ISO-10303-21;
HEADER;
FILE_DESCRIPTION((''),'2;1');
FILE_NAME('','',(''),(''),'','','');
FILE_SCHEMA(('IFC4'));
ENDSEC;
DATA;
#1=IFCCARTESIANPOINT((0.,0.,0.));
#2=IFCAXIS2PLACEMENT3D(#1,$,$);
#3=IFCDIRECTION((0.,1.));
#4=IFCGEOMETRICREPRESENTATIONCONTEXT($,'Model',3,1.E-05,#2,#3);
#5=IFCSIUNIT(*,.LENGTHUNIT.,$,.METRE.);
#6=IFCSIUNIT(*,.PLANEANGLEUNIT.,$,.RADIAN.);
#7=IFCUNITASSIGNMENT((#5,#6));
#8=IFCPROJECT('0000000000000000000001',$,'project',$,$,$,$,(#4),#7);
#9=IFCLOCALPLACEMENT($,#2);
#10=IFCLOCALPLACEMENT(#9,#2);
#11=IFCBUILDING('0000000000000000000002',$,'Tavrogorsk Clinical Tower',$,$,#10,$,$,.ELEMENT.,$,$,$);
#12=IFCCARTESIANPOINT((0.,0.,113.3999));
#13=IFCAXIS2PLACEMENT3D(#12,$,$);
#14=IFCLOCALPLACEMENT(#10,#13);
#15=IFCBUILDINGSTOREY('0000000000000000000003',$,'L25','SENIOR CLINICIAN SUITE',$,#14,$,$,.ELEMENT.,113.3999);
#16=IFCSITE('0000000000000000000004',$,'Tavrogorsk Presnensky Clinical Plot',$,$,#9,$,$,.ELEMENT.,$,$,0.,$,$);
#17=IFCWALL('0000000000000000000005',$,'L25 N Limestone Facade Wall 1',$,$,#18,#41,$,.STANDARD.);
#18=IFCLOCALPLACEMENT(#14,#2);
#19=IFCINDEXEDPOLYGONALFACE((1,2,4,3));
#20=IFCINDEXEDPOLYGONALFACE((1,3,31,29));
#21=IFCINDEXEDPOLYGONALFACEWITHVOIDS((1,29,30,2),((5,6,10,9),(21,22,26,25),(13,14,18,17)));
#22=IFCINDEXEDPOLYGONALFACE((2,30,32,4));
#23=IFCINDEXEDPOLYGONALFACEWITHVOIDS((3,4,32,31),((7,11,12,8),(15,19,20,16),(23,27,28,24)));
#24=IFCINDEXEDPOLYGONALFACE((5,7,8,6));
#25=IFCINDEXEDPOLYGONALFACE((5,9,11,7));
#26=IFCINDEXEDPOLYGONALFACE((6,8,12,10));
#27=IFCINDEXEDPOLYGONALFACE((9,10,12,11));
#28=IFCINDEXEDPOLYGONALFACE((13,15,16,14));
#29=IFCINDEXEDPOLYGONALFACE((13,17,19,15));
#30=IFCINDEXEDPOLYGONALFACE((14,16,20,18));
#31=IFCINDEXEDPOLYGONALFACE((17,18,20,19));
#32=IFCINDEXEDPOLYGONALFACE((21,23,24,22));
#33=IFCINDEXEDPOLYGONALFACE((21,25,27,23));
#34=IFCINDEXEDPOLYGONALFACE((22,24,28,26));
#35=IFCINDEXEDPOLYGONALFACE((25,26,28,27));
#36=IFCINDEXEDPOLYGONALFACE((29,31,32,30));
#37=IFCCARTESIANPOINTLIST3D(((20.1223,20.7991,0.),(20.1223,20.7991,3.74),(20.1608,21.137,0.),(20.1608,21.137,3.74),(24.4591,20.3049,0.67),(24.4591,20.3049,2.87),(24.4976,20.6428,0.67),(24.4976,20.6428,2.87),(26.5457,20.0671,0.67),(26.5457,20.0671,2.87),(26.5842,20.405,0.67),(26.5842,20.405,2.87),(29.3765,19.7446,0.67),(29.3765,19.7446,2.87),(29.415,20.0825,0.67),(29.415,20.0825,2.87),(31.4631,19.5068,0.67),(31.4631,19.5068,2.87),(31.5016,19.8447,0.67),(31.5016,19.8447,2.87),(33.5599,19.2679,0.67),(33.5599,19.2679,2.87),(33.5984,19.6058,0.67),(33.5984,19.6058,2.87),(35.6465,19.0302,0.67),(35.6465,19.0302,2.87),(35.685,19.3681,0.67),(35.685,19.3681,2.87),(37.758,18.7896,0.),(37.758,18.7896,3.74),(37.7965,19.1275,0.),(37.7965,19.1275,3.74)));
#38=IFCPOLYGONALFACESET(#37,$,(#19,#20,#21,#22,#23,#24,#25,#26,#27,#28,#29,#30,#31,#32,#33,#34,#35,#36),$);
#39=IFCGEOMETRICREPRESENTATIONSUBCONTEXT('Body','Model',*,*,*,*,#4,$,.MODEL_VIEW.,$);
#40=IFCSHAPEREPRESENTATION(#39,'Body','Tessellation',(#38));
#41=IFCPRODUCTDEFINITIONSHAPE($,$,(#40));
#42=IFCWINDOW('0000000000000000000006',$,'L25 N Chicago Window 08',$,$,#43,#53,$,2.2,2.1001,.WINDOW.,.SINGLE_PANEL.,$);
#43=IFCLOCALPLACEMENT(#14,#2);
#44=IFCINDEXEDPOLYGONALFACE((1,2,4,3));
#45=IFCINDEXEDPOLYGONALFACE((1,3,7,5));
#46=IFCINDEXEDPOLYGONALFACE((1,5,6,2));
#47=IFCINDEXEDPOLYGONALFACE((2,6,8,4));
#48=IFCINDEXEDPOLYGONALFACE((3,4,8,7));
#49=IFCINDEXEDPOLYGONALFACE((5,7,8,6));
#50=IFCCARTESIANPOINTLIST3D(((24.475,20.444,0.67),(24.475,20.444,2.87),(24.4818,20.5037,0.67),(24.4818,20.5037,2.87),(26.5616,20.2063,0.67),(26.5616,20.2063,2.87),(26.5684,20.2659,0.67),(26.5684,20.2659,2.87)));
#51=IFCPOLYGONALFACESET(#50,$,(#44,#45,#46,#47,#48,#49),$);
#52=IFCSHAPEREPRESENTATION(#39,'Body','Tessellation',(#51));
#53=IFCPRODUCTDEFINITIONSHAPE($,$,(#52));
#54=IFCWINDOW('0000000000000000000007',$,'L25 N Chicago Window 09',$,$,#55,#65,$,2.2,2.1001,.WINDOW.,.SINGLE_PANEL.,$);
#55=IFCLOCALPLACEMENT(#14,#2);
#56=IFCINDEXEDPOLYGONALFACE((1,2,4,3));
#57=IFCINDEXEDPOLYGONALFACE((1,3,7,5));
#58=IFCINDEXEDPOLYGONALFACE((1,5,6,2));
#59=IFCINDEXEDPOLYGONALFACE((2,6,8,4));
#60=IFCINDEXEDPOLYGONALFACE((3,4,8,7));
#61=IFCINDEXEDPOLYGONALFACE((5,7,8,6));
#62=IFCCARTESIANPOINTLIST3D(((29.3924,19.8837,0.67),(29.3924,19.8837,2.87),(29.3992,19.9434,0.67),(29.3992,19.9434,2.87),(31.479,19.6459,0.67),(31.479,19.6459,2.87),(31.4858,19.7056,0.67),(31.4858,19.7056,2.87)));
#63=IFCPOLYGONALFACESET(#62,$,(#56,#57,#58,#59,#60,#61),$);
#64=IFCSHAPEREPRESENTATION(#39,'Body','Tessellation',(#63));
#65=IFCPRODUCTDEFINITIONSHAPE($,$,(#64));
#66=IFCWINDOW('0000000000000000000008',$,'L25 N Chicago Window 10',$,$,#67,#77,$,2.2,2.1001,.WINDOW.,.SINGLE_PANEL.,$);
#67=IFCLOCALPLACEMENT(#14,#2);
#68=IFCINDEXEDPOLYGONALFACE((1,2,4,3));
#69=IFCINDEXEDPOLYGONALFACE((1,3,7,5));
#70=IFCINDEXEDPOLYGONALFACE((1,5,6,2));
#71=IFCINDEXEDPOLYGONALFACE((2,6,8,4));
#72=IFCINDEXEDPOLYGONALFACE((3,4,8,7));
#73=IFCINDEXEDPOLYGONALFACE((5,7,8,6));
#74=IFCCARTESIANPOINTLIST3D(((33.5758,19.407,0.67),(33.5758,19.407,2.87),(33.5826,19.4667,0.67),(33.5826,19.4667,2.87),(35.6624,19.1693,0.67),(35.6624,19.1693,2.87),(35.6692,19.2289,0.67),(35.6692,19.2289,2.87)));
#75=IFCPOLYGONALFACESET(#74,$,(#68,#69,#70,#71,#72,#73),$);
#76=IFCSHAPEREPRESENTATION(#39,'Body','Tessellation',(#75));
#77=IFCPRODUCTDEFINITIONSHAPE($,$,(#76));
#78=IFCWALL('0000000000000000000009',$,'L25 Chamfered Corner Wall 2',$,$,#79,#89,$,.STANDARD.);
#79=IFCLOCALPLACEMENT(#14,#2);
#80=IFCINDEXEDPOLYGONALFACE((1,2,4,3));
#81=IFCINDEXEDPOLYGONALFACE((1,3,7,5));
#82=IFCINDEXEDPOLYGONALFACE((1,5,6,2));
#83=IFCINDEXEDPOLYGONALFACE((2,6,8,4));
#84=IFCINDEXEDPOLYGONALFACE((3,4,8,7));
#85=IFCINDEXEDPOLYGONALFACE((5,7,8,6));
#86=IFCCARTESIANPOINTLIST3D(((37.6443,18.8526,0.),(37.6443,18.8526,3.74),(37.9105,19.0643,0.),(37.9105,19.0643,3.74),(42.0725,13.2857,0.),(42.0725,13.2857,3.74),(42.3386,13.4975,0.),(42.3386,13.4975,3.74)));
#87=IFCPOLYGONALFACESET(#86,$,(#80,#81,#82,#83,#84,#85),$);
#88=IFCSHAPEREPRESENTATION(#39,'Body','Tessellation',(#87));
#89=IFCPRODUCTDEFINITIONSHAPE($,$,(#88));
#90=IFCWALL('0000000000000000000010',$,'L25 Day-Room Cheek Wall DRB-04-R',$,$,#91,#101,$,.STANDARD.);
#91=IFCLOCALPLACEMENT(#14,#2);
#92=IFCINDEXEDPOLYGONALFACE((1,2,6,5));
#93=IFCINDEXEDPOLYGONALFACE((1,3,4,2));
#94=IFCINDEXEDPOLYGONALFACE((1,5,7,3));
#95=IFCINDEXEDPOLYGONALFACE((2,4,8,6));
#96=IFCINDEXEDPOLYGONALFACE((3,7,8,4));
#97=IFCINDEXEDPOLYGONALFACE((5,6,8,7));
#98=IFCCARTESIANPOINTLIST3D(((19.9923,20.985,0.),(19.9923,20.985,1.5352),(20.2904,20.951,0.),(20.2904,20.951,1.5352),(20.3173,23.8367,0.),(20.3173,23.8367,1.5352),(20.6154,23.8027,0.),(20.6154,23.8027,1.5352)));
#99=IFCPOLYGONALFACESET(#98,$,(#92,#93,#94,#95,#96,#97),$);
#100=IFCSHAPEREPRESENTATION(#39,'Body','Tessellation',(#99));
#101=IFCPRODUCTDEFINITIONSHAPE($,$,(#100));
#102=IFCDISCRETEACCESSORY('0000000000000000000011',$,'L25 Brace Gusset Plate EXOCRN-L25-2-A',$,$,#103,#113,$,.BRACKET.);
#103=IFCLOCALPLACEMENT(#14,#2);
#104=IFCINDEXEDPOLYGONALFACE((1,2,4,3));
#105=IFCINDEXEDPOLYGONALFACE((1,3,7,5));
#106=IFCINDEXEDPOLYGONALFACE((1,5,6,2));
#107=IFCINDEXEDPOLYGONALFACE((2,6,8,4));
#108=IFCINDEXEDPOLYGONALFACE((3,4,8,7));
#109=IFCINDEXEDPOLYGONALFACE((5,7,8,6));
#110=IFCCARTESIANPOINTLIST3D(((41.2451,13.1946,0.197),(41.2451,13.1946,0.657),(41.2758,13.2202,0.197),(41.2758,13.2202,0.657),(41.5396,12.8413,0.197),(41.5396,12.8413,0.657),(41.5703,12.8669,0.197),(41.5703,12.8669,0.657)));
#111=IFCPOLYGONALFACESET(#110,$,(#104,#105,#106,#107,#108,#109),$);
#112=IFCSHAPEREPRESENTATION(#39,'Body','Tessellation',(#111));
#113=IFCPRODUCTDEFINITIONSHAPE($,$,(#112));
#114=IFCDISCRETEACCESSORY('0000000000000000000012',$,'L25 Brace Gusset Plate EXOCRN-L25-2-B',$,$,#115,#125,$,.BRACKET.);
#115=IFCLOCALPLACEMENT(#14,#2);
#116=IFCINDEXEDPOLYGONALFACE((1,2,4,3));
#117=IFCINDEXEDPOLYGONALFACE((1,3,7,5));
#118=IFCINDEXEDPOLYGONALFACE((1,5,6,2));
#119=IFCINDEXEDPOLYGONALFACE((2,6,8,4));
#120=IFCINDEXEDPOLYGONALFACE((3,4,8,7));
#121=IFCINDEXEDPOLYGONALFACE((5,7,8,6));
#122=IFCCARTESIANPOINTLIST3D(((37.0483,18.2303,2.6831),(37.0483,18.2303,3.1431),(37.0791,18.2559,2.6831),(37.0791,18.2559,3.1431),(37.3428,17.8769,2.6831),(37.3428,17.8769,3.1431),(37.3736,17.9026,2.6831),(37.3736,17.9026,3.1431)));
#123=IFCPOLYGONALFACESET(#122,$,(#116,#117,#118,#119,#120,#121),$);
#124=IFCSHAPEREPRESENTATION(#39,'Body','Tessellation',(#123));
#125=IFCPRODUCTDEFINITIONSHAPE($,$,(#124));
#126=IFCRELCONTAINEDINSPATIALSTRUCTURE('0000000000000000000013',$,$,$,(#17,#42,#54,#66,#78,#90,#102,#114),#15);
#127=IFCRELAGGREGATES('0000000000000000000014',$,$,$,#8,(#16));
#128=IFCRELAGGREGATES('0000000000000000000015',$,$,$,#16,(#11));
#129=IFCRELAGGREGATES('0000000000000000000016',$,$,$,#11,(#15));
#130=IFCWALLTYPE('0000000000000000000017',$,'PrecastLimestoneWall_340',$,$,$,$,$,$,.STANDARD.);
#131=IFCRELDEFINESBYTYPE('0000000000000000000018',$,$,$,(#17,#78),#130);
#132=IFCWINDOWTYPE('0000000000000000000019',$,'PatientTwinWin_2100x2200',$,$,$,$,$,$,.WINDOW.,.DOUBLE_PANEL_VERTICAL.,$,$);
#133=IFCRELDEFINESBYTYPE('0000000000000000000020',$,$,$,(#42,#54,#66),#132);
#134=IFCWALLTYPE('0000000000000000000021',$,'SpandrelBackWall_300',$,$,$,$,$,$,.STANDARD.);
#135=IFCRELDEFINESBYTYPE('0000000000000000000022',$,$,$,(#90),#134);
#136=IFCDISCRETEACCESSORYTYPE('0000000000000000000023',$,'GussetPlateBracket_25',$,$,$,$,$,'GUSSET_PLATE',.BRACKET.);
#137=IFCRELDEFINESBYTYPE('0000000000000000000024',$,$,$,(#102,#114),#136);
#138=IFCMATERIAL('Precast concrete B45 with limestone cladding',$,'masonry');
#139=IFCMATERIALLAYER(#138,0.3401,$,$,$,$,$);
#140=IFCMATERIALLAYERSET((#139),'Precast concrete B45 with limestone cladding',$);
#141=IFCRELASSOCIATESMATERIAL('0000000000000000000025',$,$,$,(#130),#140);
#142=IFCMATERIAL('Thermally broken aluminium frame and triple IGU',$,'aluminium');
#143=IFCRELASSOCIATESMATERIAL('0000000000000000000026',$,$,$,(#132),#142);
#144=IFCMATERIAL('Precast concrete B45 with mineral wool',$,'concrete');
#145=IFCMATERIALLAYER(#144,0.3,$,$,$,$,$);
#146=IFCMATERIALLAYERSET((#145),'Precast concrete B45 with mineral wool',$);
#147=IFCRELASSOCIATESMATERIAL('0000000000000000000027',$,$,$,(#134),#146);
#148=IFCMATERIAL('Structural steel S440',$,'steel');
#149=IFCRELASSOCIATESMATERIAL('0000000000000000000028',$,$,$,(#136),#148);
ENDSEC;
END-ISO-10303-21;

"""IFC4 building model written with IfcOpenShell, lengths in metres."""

from ifc_helpers import new_model, si_unit, direction, frame, frame_2d, origin, origin_2d, place, context, subcontext, project, spatial, rectangle, extrude, material, layer, layer_set, type_object, element, fill, save


model = new_model("IFC4")

# Units and contexts
model_context = context("Model", 3, precision=1e-05, world=origin(), true_north=direction((0.0, 1.0)))
body_context = subcontext(model_context, "Body", "Model", "MODEL_VIEW")
ifc_project = project(units=[si_unit("LENGTHUNIT", "METRE"), si_unit("PLANEANGLEUNIT", "RADIAN")], contexts=[model_context])

# Site, building, storey
site_placement = place(None, origin())
site = spatial("IfcSite", under=ifc_project, at=site_placement, Name="Tavrogorsk Presnensky Clinical Plot", CompositionType="ELEMENT", RefElevation=0.0)
building_placement = place(site_placement, origin())
building = spatial("IfcBuilding", under=site, at=building_placement, Name="Tavrogorsk Clinical Tower", CompositionType="ELEMENT")
storey_placement = place(building_placement, frame((0.0, 0.0, 113.3999)))
storey = spatial("IfcBuildingStorey", under=building, at=storey_placement, Name="L25", Description="SENIOR CLINICIAN SUITE", CompositionType="ELEMENT", Elevation=113.3999)

# Wall, openings, windows
ifc_material_1 = material(Name="Precast concrete B45 with limestone cladding", Category="masonry")
ifc_layer_1 = layer(ifc_material_1, 0.3401)
ifc_layer_set_1 = layer_set([ifc_layer_1], Name="Precast concrete B45 with limestone cladding")
wall_type_1 = type_object("IfcWallType", Name="PrecastLimestoneWall_340", PredefinedType="STANDARD", material=ifc_layer_set_1)
wall_1_placement = place(storey_placement, frame((37.7773, 18.9585, 0.0), z_axis=(0.0, 0.0, 1.0), x_axis=(-0.993571, 0.113213, 0.0)))
wall_1 = element("IfcWall", 1, at=wall_1_placement, inside=storey, type_object=wall_type_1, Name="L25 N Limestone Facade Wall 1", PredefinedType="STANDARD", context=body_context, shape_type="SweptSolid", body=[
    extrude(rectangle(XDim=17.7498, YDim=0.3401, at=frame_2d((8.875, 0.0))), origin(), (0.0, 0.0, 1.0), 3.74),
])
opening_1_placement = place(wall_1_placement, frame((11.2849, 0.0, 0.6699)))
opening_1 = element("IfcOpeningElement", 2, at=opening_1_placement, cuts=wall_1, PredefinedType="OPENING", context=body_context, shape_type="SweptSolid", body=[
    extrude(rectangle(XDim=2.1001, YDim=2.2, at=frame_2d((1.05, 1.1001))), frame((0.0, 0.1799, 0.0), z_axis=(0.0, -1.0, 0.0), x_axis=(1.0, 0.0, 0.0)), (0.0, 0.0, 1.0), 0.3601),
])
opening_2_placement = place(wall_1_placement, frame((6.3357, 0.0, 0.6699)))
opening_2 = element("IfcOpeningElement", 3, at=opening_2_placement, cuts=wall_1, PredefinedType="OPENING", context=body_context, shape_type="SweptSolid", body=[
    extrude(rectangle(XDim=2.1001, YDim=2.2, at=frame_2d((1.05, 1.1001))), frame((0.0, 0.1799, 0.0), z_axis=(0.0, -1.0, 0.0), x_axis=(1.0, 0.0, 0.0)), (0.0, 0.0, 1.0), 0.3601),
])
opening_3_placement = place(wall_1_placement, frame((2.1252, 0.0, 0.6699)))
opening_3 = element("IfcOpeningElement", 4, at=opening_3_placement, cuts=wall_1, PredefinedType="OPENING", context=body_context, shape_type="SweptSolid", body=[
    extrude(rectangle(XDim=2.1001, YDim=2.2, at=frame_2d((1.05, 1.1001))), frame((0.0, 0.1799, 0.0), z_axis=(0.0, -1.0, 0.0), x_axis=(1.0, 0.0, 0.0)), (0.0, 0.0, 1.0), 0.3601),
])
ifc_material_2 = material(Name="Thermally broken aluminium frame and triple IGU", Category="aluminium")
window_type = type_object("IfcWindowType", Name="PatientTwinWin_2100x2200", PartitioningType="DOUBLE_PANEL_VERTICAL", PredefinedType="WINDOW", material=ifc_material_2)
window_1_placement = place(opening_1_placement, origin())
window_1 = element("IfcWindow", 5, at=window_1_placement, inside=storey, type_object=window_type, Name="L25 N Chicago Window 08", OverallHeight=2.2, OverallWidth=2.1001, PartitioningType="SINGLE_PANEL", PredefinedType="WINDOW", context=body_context, shape_type="SweptSolid", body=[
    extrude(rectangle(XDim=2.1001, YDim=2.2, at=frame_2d((1.05, 1.1001))), frame((0.0, 0.03, 0.0), z_axis=(0.0, -1.0, 0.0), x_axis=(1.0, 0.0, 0.0)), (0.0, 0.0, 1.0), 0.0601),
])
fill(opening_1, window_1)
window_2_placement = place(opening_2_placement, origin())
window_2 = element("IfcWindow", 6, at=window_2_placement, inside=storey, type_object=window_type, Name="L25 N Chicago Window 09", OverallHeight=2.2, OverallWidth=2.1001, PartitioningType="SINGLE_PANEL", PredefinedType="WINDOW", context=body_context, shape_type="SweptSolid", body=[
    extrude(rectangle(XDim=2.1001, YDim=2.2, at=frame_2d((1.05, 1.1001))), frame((0.0, 0.03, 0.0), z_axis=(0.0, -1.0, 0.0), x_axis=(1.0, 0.0, 0.0)), (0.0, 0.0, 1.0), 0.0601),
])
fill(opening_2, window_2)
window_3_placement = place(opening_3_placement, origin())
window_3 = element("IfcWindow", 7, at=window_3_placement, inside=storey, type_object=window_type, Name="L25 N Chicago Window 10", OverallHeight=2.2, OverallWidth=2.1001, PartitioningType="SINGLE_PANEL", PredefinedType="WINDOW", context=body_context, shape_type="SweptSolid", body=[
    extrude(rectangle(XDim=2.1001, YDim=2.2, at=frame_2d((1.05, 1.1001))), frame((0.0, 0.03, 0.0), z_axis=(0.0, -1.0, 0.0), x_axis=(1.0, 0.0, 0.0)), (0.0, 0.0, 1.0), 0.0601),
])
fill(opening_3, window_3)

# Walls
wall_2_placement = place(storey_placement, frame((42.2056, 13.3916, 0.0), z_axis=(0.0, 0.0, 1.0), x_axis=(-0.622525, 0.7826, 0.0)))
element("IfcWall", 8, at=wall_2_placement, inside=storey, type_object=wall_type_1, Name="L25 Chamfered Corner Wall 2", PredefinedType="STANDARD", context=body_context, shape_type="SweptSolid", body=[
    extrude(rectangle(XDim=7.1133, YDim=0.3401, at=frame_2d((3.5566, 0.0))), origin(), (0.0, 0.0, 1.0), 3.74),
])
ifc_material_3 = material(Name="Precast concrete B45 with mineral wool", Category="concrete")
ifc_layer_2 = layer(ifc_material_3, 0.3)
ifc_layer_set_2 = layer_set([ifc_layer_2], Name="Precast concrete B45 with mineral wool")
wall_type_2 = type_object("IfcWallType", Name="SpandrelBackWall_300", PredefinedType="STANDARD", material=ifc_layer_set_2)
wall_3_placement = place(storey_placement, frame((20.1414, 20.968, 0.0), z_axis=(0.0, 0.0, 1.0), x_axis=(0.113223, 0.99357, 0.0)))
element("IfcWall", 9, at=wall_3_placement, inside=storey, type_object=wall_type_2, Name="L25 Day-Room Cheek Wall DRB-04-R", PredefinedType="STANDARD", context=body_context, shape_type="SweptSolid", body=[
    extrude(rectangle(XDim=2.8701, YDim=0.3, at=frame_2d((1.4351, 0.0))), origin(), (0.0, 0.0, 1.0), 1.5352),
])

# Discrete accessories
ifc_material_4 = material(Name="Structural steel S440", Category="steel")
discrete_accessory_type = type_object("IfcDiscreteAccessoryType", Name="GussetPlateBracket_25", ElementType="GUSSET_PLATE", PredefinedType="BRACKET", material=ifc_material_4)
for number, where, z_axis, x_axis, name in (
    (10, (41.4077, 13.0308, 0.197), (0.0, 0.0, 1.0), (-0.640244, 0.768172, 0.0), "L25 Brace Gusset Plate EXOCRN-L25-2-A"),
    (11, (37.2109, 18.0664, 2.6831), (0.0, 0.0, 1.0), (-0.640244, 0.768172, 0.0), "L25 Brace Gusset Plate EXOCRN-L25-2-B"),
):
    element("IfcDiscreteAccessory", number, at=place(storey_placement, frame(where, z_axis=z_axis, x_axis=x_axis)), inside=storey, type_object=discrete_accessory_type, Name=name, PredefinedType="BRACKET", context=body_context, shape_type="SweptSolid", body=[
        extrude(rectangle(XDim=0.46, YDim=0.04, at=origin_2d()), origin(), (0.0, 0.0, 1.0), 0.46),
    ])

save(model, "model.ifc")
